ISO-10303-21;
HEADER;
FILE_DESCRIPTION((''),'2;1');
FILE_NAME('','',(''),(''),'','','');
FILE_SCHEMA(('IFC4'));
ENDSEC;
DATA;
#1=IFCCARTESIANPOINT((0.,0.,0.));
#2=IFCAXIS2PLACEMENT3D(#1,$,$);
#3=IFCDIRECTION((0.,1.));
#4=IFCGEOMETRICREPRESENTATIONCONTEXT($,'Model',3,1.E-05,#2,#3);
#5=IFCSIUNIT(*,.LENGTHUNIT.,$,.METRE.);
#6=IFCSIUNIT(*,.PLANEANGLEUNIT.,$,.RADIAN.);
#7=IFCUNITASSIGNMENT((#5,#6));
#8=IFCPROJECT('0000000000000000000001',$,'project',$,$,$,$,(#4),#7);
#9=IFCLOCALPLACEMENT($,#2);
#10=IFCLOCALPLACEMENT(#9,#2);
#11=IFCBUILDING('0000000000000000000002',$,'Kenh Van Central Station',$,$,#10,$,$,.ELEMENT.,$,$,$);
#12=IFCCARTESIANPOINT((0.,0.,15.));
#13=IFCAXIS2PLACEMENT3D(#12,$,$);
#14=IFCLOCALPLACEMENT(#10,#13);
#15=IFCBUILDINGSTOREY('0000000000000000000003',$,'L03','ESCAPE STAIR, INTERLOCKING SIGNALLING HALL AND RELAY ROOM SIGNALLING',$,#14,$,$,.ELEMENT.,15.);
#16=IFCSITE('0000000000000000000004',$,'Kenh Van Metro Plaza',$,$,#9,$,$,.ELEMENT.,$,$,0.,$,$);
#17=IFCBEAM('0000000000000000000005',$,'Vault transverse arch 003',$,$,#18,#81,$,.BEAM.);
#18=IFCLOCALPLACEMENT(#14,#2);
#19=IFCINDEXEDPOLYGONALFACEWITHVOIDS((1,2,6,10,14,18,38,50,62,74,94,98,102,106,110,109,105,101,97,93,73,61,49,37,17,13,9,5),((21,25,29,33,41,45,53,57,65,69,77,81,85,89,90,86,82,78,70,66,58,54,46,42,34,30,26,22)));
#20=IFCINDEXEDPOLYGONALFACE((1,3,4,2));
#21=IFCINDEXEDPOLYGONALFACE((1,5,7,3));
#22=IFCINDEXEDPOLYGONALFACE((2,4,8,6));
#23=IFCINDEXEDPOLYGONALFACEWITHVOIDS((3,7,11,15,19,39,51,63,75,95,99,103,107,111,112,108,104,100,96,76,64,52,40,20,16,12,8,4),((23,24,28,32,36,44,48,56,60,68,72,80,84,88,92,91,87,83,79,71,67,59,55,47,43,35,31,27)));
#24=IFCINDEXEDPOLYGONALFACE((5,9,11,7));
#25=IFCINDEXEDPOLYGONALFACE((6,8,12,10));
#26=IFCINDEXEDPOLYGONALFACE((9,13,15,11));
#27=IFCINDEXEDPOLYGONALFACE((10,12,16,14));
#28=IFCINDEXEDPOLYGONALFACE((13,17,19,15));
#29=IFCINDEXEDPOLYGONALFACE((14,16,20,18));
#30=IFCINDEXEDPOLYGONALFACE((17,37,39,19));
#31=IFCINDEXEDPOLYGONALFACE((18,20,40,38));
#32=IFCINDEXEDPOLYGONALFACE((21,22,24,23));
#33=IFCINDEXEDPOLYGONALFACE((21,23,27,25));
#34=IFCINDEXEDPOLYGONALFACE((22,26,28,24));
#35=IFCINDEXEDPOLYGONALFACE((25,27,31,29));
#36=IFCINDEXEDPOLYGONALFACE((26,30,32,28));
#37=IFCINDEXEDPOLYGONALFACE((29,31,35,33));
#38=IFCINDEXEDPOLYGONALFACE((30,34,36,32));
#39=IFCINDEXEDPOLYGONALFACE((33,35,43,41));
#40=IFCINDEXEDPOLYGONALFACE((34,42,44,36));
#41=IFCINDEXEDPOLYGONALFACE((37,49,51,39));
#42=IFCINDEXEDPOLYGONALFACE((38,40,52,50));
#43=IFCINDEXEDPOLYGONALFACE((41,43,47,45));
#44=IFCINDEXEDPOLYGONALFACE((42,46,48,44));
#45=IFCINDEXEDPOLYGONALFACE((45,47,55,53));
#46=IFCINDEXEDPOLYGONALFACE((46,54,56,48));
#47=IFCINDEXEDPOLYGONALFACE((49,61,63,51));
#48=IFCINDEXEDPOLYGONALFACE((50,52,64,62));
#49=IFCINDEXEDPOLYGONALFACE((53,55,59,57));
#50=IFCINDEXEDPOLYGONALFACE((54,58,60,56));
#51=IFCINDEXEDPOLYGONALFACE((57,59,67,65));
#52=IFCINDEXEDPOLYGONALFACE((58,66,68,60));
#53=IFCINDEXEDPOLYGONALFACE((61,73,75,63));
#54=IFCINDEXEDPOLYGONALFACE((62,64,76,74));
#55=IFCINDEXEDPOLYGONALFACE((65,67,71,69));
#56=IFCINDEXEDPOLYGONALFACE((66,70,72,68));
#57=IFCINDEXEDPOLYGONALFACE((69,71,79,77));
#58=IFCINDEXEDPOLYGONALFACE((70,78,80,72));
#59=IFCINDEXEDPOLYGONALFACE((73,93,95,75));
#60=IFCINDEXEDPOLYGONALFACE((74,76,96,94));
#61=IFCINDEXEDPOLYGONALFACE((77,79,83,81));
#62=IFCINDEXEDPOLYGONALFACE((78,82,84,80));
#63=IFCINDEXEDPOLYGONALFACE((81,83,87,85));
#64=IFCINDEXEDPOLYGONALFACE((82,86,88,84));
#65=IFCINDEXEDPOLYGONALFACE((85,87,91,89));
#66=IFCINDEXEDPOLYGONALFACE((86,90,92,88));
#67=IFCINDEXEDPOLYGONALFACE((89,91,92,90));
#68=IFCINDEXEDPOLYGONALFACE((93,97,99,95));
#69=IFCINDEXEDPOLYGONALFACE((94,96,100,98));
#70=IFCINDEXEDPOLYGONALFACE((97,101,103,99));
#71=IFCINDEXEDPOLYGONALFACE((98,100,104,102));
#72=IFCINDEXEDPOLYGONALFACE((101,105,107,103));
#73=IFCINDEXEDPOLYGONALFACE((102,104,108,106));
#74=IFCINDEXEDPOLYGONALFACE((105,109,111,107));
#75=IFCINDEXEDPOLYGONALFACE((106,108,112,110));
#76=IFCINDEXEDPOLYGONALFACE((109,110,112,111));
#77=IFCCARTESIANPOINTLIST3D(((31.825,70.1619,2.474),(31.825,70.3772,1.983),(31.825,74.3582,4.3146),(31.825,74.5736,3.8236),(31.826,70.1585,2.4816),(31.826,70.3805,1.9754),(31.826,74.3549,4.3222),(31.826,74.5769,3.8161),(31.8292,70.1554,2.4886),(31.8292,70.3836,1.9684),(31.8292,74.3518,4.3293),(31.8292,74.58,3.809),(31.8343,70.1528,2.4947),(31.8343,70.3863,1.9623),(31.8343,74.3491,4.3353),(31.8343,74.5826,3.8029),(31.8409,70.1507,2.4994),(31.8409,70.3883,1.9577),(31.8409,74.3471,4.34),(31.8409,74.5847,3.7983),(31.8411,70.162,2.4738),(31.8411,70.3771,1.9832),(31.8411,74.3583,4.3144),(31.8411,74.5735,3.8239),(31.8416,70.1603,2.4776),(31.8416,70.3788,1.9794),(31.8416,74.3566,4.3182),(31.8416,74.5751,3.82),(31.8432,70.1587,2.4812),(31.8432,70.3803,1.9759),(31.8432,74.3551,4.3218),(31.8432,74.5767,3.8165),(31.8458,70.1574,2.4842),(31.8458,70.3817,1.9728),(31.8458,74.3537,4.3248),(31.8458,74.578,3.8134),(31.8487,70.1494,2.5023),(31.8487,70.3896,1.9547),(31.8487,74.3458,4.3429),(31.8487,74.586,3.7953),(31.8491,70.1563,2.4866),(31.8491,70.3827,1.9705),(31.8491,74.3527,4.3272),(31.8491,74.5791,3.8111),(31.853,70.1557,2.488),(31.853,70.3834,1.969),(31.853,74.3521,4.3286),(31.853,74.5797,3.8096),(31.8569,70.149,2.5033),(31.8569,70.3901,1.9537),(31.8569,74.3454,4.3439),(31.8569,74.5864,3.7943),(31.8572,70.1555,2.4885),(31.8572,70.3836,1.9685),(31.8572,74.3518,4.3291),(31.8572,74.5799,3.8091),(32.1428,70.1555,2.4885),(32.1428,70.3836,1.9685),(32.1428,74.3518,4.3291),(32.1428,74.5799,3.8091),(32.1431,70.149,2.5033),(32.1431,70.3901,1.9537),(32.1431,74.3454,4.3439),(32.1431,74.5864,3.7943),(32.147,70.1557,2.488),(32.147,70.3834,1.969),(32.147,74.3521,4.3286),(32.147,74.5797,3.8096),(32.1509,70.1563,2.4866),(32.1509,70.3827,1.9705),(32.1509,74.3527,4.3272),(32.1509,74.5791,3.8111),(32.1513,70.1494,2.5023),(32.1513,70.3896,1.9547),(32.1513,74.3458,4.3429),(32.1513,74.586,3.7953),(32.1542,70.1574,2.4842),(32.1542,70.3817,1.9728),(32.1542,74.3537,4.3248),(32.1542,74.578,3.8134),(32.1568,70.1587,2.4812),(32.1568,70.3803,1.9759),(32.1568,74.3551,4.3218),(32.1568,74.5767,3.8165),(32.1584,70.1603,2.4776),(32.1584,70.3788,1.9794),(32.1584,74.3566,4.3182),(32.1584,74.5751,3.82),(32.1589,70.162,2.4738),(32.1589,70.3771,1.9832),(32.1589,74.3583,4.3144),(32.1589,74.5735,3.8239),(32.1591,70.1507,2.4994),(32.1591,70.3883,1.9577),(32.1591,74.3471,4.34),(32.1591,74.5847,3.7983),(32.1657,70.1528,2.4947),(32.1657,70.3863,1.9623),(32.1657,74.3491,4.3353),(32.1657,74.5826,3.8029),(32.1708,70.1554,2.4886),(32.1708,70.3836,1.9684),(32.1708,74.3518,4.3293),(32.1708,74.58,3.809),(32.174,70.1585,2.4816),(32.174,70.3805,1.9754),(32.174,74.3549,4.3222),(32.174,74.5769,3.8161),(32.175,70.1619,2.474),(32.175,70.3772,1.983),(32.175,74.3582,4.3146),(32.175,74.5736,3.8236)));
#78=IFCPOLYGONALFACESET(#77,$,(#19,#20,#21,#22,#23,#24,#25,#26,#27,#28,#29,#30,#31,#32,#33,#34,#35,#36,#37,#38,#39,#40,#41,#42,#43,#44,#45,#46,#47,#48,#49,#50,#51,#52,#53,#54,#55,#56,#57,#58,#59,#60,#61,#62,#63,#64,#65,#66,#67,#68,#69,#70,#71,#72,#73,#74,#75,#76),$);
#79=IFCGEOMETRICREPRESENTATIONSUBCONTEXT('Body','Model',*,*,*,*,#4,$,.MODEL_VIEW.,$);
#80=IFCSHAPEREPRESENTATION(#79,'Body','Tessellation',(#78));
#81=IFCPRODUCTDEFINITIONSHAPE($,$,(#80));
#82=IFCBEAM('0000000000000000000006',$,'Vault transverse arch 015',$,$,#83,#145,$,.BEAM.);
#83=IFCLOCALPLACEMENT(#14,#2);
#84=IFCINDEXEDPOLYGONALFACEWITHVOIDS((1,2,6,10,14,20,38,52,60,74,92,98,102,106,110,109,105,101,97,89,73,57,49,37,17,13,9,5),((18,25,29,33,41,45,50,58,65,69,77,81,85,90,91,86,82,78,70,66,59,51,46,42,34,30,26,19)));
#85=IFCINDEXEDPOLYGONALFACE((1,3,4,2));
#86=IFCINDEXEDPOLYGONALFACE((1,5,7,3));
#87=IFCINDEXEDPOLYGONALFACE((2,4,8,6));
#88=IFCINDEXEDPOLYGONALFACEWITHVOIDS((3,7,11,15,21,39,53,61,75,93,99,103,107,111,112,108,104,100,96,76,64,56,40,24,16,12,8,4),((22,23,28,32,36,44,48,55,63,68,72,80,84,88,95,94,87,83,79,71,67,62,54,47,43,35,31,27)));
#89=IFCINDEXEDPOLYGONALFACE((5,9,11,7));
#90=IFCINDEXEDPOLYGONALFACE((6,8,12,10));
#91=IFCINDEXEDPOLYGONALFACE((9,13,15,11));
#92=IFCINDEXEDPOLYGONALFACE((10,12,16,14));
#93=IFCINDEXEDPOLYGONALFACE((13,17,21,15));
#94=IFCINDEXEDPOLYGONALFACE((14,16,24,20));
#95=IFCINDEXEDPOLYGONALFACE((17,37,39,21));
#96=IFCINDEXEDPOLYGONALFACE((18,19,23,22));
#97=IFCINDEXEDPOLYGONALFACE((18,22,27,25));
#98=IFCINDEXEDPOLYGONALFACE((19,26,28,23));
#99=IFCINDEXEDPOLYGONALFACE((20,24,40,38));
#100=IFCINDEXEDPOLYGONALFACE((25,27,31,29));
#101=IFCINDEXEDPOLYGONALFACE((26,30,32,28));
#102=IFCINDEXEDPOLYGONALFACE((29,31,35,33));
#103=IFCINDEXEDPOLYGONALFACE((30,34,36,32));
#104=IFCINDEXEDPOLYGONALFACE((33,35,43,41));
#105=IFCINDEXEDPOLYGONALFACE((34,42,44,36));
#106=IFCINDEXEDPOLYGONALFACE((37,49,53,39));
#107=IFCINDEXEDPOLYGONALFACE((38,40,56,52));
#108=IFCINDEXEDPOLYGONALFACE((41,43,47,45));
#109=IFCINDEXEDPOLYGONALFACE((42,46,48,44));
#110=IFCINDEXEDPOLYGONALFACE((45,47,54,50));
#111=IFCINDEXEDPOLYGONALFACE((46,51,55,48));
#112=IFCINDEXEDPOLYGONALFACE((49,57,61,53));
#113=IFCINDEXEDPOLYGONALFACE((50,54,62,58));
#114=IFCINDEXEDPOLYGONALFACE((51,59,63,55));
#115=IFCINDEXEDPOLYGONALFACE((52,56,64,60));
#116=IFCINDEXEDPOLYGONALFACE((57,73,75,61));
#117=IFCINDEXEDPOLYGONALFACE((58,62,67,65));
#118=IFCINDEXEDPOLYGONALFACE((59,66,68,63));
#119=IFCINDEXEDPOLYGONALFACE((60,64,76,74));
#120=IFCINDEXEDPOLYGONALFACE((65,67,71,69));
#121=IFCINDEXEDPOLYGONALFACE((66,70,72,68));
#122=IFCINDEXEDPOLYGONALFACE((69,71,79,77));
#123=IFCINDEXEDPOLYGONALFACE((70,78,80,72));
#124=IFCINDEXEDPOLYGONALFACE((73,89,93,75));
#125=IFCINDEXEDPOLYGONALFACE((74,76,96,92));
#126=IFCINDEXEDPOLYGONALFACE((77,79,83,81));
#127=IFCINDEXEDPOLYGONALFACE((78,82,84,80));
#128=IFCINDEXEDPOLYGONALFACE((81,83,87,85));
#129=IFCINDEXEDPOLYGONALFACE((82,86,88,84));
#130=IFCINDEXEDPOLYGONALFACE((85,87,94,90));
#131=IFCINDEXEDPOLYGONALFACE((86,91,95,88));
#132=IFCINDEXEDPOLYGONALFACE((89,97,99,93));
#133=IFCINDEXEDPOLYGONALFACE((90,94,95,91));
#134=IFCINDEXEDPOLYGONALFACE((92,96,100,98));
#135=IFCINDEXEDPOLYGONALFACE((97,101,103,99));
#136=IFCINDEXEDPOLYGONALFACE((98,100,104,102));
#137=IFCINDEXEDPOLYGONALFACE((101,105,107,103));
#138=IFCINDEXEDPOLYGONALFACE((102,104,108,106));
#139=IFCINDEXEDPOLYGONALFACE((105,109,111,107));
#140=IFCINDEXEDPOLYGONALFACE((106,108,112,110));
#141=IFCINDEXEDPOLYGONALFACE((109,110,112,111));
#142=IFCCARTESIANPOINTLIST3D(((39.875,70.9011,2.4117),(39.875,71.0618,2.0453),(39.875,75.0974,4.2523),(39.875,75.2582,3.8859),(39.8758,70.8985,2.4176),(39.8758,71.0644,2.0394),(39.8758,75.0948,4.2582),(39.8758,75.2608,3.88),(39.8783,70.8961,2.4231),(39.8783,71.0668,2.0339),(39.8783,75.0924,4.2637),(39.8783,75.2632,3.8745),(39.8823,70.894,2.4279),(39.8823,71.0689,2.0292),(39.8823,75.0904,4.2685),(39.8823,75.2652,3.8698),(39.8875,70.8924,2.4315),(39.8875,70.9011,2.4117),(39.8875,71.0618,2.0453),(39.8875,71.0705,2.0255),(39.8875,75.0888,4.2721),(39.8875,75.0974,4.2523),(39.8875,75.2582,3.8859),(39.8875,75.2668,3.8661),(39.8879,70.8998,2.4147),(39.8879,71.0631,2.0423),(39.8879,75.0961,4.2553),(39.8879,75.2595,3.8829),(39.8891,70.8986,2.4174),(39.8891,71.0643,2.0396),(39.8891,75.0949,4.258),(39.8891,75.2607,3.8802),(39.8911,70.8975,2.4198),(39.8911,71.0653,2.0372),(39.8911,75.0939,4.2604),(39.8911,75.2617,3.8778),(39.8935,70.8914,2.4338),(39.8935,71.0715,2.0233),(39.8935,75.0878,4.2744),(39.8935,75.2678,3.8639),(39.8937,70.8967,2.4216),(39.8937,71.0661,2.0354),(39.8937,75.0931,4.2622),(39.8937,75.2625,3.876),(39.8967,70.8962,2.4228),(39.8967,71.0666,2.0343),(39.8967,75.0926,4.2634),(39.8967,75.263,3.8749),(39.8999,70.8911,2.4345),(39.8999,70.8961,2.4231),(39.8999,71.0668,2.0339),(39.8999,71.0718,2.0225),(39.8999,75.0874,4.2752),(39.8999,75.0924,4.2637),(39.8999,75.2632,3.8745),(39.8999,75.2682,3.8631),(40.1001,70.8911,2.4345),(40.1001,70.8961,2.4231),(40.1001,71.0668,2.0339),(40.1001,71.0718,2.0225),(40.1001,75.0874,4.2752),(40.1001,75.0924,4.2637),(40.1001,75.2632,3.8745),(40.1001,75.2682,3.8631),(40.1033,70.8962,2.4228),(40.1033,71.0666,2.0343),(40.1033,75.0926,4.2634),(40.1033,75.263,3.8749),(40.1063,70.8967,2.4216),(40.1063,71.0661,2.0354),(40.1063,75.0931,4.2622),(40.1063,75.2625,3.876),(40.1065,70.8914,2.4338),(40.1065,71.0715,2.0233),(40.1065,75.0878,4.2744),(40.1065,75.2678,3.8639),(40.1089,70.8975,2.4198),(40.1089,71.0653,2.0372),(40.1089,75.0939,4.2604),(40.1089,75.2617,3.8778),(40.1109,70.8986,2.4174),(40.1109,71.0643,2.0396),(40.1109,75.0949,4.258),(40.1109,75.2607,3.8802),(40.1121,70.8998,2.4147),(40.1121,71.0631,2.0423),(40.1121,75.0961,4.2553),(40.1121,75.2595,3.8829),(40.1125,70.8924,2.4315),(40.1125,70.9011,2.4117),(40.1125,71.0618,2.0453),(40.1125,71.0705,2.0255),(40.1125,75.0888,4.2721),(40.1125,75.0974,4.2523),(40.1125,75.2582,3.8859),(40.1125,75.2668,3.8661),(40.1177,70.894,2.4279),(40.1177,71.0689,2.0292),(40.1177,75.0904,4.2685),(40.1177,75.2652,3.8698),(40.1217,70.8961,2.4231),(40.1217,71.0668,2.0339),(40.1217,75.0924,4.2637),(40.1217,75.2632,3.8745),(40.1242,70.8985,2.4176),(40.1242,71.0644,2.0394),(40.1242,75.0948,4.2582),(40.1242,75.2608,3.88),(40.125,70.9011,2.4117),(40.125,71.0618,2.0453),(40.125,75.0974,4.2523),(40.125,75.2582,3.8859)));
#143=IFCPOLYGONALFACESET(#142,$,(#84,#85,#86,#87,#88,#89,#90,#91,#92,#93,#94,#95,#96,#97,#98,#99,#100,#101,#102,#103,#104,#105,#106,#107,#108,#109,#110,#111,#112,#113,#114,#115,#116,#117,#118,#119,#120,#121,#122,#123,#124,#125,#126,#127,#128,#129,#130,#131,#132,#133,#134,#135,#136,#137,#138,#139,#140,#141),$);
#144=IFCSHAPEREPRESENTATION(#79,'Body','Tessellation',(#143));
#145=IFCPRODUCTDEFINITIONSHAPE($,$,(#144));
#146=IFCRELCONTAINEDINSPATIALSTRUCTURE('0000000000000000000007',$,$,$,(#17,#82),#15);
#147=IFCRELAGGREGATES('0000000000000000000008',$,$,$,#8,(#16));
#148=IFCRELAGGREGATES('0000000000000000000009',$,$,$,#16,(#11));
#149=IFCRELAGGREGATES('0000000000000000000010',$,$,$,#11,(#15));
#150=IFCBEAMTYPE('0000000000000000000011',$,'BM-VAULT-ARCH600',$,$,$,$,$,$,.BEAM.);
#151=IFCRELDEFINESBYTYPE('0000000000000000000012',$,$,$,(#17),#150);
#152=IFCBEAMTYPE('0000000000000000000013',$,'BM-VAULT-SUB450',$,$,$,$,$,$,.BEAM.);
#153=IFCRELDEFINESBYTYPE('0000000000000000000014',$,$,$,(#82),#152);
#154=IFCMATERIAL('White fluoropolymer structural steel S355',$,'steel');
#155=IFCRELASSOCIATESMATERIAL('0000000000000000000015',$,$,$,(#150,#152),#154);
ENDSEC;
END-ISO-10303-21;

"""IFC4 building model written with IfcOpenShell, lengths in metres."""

from ifc_helpers import new_model, si_unit, direction, frame, origin, origin_2d, place, context, subcontext, project, spatial, hollow_rectangle, extrude, material, material_profile, profile_set, type_object, element, save


model = new_model("IFC4")

# Units and contexts
model_context = context("Model", 3, precision=1e-05, world=origin(), true_north=direction((0.0, 1.0)))
body_context = subcontext(model_context, "Body", "Model", "MODEL_VIEW")
ifc_project = project(units=[si_unit("LENGTHUNIT", "METRE"), si_unit("PLANEANGLEUNIT", "RADIAN")], contexts=[model_context])

# Site, building, storey
site_placement = place(None, origin())
site = spatial("IfcSite", under=ifc_project, at=site_placement, Name="Kenh Van Metro Plaza", CompositionType="ELEMENT", RefElevation=0.0)
building_placement = place(site_placement, origin())
building = spatial("IfcBuilding", under=site, at=building_placement, Name="Kenh Van Central Station", CompositionType="ELEMENT")
storey_placement = place(building_placement, frame((0.0, 0.0, 15.0)))
storey = spatial("IfcBuildingStorey", under=building, at=storey_placement, Name="L03", Description="ESCAPE STAIR, INTERLOCKING SIGNALLING HALL AND RELAY ROOM SIGNALLING", CompositionType="ELEMENT", Elevation=15.0)

# Beams
ifc_material_1 = material(Name="White fluoropolymer structural steel S355", Category="steel")
ifc_material_profile_1 = material_profile(ifc_material_1, hollow_rectangle(XDim=0.3501, YDim=0.6001, WallThickness=0.0161, InnerFilletRadius=0.0161, OuterFilletRadius=0.032, at=origin_2d()), Name="RHS 600x350x16")
ifc_profile_set_1 = profile_set([ifc_material_profile_1], Name="White fluoropolymer structural steel S355")
beam_type_1 = type_object("IfcBeamType", Name="BM-VAULT-ARCH600", PredefinedType="BEAM", material=ifc_profile_set_1)
beam_1_placement = place(storey_placement, frame((32.0, 70.2695, 2.2285), z_axis=(0.0, 0.91578, 0.40168), x_axis=(-1.0, 0.0, 0.0)))
element("IfcBeam", 1, at=beam_1_placement, inside=storey, type_object=beam_type_1, Name="Vault transverse arch 003", PredefinedType="BEAM", context=body_context, shape_type="SweptSolid", body=[
    extrude(hollow_rectangle(XDim=0.3501, YDim=0.6001, WallThickness=0.0161, InnerFilletRadius=0.0161, OuterFilletRadius=0.032, at=origin_2d()), origin(), (0.0, 0.0, 1.0), 4.5823),
])
ifc_material_profile_2 = material_profile(ifc_material_1, hollow_rectangle(XDim=0.25, YDim=0.45, WallThickness=0.0125, InnerFilletRadius=0.0125, OuterFilletRadius=0.0249, at=origin_2d()), Name="RHS 450x250x12.5")
ifc_profile_set_2 = profile_set([ifc_material_profile_2], Name="White fluoropolymer structural steel S355")
beam_type_2 = type_object("IfcBeamType", Name="BM-VAULT-SUB450", PredefinedType="BEAM", material=ifc_profile_set_2)
beam_2_placement = place(storey_placement, frame((40.0, 70.9814, 2.2285), z_axis=(0.0, 0.91578, 0.40168), x_axis=(-1.0, 0.0, 0.0)))
element("IfcBeam", 2, at=beam_2_placement, inside=storey, type_object=beam_type_2, Name="Vault transverse arch 015", PredefinedType="BEAM", context=body_context, shape_type="SweptSolid", body=[
    extrude(hollow_rectangle(XDim=0.25, YDim=0.45, WallThickness=0.0125, InnerFilletRadius=0.0125, OuterFilletRadius=0.0249, at=origin_2d()), origin(), (0.0, 0.0, 1.0), 4.5823),
])

save(model, "model.ifc")
